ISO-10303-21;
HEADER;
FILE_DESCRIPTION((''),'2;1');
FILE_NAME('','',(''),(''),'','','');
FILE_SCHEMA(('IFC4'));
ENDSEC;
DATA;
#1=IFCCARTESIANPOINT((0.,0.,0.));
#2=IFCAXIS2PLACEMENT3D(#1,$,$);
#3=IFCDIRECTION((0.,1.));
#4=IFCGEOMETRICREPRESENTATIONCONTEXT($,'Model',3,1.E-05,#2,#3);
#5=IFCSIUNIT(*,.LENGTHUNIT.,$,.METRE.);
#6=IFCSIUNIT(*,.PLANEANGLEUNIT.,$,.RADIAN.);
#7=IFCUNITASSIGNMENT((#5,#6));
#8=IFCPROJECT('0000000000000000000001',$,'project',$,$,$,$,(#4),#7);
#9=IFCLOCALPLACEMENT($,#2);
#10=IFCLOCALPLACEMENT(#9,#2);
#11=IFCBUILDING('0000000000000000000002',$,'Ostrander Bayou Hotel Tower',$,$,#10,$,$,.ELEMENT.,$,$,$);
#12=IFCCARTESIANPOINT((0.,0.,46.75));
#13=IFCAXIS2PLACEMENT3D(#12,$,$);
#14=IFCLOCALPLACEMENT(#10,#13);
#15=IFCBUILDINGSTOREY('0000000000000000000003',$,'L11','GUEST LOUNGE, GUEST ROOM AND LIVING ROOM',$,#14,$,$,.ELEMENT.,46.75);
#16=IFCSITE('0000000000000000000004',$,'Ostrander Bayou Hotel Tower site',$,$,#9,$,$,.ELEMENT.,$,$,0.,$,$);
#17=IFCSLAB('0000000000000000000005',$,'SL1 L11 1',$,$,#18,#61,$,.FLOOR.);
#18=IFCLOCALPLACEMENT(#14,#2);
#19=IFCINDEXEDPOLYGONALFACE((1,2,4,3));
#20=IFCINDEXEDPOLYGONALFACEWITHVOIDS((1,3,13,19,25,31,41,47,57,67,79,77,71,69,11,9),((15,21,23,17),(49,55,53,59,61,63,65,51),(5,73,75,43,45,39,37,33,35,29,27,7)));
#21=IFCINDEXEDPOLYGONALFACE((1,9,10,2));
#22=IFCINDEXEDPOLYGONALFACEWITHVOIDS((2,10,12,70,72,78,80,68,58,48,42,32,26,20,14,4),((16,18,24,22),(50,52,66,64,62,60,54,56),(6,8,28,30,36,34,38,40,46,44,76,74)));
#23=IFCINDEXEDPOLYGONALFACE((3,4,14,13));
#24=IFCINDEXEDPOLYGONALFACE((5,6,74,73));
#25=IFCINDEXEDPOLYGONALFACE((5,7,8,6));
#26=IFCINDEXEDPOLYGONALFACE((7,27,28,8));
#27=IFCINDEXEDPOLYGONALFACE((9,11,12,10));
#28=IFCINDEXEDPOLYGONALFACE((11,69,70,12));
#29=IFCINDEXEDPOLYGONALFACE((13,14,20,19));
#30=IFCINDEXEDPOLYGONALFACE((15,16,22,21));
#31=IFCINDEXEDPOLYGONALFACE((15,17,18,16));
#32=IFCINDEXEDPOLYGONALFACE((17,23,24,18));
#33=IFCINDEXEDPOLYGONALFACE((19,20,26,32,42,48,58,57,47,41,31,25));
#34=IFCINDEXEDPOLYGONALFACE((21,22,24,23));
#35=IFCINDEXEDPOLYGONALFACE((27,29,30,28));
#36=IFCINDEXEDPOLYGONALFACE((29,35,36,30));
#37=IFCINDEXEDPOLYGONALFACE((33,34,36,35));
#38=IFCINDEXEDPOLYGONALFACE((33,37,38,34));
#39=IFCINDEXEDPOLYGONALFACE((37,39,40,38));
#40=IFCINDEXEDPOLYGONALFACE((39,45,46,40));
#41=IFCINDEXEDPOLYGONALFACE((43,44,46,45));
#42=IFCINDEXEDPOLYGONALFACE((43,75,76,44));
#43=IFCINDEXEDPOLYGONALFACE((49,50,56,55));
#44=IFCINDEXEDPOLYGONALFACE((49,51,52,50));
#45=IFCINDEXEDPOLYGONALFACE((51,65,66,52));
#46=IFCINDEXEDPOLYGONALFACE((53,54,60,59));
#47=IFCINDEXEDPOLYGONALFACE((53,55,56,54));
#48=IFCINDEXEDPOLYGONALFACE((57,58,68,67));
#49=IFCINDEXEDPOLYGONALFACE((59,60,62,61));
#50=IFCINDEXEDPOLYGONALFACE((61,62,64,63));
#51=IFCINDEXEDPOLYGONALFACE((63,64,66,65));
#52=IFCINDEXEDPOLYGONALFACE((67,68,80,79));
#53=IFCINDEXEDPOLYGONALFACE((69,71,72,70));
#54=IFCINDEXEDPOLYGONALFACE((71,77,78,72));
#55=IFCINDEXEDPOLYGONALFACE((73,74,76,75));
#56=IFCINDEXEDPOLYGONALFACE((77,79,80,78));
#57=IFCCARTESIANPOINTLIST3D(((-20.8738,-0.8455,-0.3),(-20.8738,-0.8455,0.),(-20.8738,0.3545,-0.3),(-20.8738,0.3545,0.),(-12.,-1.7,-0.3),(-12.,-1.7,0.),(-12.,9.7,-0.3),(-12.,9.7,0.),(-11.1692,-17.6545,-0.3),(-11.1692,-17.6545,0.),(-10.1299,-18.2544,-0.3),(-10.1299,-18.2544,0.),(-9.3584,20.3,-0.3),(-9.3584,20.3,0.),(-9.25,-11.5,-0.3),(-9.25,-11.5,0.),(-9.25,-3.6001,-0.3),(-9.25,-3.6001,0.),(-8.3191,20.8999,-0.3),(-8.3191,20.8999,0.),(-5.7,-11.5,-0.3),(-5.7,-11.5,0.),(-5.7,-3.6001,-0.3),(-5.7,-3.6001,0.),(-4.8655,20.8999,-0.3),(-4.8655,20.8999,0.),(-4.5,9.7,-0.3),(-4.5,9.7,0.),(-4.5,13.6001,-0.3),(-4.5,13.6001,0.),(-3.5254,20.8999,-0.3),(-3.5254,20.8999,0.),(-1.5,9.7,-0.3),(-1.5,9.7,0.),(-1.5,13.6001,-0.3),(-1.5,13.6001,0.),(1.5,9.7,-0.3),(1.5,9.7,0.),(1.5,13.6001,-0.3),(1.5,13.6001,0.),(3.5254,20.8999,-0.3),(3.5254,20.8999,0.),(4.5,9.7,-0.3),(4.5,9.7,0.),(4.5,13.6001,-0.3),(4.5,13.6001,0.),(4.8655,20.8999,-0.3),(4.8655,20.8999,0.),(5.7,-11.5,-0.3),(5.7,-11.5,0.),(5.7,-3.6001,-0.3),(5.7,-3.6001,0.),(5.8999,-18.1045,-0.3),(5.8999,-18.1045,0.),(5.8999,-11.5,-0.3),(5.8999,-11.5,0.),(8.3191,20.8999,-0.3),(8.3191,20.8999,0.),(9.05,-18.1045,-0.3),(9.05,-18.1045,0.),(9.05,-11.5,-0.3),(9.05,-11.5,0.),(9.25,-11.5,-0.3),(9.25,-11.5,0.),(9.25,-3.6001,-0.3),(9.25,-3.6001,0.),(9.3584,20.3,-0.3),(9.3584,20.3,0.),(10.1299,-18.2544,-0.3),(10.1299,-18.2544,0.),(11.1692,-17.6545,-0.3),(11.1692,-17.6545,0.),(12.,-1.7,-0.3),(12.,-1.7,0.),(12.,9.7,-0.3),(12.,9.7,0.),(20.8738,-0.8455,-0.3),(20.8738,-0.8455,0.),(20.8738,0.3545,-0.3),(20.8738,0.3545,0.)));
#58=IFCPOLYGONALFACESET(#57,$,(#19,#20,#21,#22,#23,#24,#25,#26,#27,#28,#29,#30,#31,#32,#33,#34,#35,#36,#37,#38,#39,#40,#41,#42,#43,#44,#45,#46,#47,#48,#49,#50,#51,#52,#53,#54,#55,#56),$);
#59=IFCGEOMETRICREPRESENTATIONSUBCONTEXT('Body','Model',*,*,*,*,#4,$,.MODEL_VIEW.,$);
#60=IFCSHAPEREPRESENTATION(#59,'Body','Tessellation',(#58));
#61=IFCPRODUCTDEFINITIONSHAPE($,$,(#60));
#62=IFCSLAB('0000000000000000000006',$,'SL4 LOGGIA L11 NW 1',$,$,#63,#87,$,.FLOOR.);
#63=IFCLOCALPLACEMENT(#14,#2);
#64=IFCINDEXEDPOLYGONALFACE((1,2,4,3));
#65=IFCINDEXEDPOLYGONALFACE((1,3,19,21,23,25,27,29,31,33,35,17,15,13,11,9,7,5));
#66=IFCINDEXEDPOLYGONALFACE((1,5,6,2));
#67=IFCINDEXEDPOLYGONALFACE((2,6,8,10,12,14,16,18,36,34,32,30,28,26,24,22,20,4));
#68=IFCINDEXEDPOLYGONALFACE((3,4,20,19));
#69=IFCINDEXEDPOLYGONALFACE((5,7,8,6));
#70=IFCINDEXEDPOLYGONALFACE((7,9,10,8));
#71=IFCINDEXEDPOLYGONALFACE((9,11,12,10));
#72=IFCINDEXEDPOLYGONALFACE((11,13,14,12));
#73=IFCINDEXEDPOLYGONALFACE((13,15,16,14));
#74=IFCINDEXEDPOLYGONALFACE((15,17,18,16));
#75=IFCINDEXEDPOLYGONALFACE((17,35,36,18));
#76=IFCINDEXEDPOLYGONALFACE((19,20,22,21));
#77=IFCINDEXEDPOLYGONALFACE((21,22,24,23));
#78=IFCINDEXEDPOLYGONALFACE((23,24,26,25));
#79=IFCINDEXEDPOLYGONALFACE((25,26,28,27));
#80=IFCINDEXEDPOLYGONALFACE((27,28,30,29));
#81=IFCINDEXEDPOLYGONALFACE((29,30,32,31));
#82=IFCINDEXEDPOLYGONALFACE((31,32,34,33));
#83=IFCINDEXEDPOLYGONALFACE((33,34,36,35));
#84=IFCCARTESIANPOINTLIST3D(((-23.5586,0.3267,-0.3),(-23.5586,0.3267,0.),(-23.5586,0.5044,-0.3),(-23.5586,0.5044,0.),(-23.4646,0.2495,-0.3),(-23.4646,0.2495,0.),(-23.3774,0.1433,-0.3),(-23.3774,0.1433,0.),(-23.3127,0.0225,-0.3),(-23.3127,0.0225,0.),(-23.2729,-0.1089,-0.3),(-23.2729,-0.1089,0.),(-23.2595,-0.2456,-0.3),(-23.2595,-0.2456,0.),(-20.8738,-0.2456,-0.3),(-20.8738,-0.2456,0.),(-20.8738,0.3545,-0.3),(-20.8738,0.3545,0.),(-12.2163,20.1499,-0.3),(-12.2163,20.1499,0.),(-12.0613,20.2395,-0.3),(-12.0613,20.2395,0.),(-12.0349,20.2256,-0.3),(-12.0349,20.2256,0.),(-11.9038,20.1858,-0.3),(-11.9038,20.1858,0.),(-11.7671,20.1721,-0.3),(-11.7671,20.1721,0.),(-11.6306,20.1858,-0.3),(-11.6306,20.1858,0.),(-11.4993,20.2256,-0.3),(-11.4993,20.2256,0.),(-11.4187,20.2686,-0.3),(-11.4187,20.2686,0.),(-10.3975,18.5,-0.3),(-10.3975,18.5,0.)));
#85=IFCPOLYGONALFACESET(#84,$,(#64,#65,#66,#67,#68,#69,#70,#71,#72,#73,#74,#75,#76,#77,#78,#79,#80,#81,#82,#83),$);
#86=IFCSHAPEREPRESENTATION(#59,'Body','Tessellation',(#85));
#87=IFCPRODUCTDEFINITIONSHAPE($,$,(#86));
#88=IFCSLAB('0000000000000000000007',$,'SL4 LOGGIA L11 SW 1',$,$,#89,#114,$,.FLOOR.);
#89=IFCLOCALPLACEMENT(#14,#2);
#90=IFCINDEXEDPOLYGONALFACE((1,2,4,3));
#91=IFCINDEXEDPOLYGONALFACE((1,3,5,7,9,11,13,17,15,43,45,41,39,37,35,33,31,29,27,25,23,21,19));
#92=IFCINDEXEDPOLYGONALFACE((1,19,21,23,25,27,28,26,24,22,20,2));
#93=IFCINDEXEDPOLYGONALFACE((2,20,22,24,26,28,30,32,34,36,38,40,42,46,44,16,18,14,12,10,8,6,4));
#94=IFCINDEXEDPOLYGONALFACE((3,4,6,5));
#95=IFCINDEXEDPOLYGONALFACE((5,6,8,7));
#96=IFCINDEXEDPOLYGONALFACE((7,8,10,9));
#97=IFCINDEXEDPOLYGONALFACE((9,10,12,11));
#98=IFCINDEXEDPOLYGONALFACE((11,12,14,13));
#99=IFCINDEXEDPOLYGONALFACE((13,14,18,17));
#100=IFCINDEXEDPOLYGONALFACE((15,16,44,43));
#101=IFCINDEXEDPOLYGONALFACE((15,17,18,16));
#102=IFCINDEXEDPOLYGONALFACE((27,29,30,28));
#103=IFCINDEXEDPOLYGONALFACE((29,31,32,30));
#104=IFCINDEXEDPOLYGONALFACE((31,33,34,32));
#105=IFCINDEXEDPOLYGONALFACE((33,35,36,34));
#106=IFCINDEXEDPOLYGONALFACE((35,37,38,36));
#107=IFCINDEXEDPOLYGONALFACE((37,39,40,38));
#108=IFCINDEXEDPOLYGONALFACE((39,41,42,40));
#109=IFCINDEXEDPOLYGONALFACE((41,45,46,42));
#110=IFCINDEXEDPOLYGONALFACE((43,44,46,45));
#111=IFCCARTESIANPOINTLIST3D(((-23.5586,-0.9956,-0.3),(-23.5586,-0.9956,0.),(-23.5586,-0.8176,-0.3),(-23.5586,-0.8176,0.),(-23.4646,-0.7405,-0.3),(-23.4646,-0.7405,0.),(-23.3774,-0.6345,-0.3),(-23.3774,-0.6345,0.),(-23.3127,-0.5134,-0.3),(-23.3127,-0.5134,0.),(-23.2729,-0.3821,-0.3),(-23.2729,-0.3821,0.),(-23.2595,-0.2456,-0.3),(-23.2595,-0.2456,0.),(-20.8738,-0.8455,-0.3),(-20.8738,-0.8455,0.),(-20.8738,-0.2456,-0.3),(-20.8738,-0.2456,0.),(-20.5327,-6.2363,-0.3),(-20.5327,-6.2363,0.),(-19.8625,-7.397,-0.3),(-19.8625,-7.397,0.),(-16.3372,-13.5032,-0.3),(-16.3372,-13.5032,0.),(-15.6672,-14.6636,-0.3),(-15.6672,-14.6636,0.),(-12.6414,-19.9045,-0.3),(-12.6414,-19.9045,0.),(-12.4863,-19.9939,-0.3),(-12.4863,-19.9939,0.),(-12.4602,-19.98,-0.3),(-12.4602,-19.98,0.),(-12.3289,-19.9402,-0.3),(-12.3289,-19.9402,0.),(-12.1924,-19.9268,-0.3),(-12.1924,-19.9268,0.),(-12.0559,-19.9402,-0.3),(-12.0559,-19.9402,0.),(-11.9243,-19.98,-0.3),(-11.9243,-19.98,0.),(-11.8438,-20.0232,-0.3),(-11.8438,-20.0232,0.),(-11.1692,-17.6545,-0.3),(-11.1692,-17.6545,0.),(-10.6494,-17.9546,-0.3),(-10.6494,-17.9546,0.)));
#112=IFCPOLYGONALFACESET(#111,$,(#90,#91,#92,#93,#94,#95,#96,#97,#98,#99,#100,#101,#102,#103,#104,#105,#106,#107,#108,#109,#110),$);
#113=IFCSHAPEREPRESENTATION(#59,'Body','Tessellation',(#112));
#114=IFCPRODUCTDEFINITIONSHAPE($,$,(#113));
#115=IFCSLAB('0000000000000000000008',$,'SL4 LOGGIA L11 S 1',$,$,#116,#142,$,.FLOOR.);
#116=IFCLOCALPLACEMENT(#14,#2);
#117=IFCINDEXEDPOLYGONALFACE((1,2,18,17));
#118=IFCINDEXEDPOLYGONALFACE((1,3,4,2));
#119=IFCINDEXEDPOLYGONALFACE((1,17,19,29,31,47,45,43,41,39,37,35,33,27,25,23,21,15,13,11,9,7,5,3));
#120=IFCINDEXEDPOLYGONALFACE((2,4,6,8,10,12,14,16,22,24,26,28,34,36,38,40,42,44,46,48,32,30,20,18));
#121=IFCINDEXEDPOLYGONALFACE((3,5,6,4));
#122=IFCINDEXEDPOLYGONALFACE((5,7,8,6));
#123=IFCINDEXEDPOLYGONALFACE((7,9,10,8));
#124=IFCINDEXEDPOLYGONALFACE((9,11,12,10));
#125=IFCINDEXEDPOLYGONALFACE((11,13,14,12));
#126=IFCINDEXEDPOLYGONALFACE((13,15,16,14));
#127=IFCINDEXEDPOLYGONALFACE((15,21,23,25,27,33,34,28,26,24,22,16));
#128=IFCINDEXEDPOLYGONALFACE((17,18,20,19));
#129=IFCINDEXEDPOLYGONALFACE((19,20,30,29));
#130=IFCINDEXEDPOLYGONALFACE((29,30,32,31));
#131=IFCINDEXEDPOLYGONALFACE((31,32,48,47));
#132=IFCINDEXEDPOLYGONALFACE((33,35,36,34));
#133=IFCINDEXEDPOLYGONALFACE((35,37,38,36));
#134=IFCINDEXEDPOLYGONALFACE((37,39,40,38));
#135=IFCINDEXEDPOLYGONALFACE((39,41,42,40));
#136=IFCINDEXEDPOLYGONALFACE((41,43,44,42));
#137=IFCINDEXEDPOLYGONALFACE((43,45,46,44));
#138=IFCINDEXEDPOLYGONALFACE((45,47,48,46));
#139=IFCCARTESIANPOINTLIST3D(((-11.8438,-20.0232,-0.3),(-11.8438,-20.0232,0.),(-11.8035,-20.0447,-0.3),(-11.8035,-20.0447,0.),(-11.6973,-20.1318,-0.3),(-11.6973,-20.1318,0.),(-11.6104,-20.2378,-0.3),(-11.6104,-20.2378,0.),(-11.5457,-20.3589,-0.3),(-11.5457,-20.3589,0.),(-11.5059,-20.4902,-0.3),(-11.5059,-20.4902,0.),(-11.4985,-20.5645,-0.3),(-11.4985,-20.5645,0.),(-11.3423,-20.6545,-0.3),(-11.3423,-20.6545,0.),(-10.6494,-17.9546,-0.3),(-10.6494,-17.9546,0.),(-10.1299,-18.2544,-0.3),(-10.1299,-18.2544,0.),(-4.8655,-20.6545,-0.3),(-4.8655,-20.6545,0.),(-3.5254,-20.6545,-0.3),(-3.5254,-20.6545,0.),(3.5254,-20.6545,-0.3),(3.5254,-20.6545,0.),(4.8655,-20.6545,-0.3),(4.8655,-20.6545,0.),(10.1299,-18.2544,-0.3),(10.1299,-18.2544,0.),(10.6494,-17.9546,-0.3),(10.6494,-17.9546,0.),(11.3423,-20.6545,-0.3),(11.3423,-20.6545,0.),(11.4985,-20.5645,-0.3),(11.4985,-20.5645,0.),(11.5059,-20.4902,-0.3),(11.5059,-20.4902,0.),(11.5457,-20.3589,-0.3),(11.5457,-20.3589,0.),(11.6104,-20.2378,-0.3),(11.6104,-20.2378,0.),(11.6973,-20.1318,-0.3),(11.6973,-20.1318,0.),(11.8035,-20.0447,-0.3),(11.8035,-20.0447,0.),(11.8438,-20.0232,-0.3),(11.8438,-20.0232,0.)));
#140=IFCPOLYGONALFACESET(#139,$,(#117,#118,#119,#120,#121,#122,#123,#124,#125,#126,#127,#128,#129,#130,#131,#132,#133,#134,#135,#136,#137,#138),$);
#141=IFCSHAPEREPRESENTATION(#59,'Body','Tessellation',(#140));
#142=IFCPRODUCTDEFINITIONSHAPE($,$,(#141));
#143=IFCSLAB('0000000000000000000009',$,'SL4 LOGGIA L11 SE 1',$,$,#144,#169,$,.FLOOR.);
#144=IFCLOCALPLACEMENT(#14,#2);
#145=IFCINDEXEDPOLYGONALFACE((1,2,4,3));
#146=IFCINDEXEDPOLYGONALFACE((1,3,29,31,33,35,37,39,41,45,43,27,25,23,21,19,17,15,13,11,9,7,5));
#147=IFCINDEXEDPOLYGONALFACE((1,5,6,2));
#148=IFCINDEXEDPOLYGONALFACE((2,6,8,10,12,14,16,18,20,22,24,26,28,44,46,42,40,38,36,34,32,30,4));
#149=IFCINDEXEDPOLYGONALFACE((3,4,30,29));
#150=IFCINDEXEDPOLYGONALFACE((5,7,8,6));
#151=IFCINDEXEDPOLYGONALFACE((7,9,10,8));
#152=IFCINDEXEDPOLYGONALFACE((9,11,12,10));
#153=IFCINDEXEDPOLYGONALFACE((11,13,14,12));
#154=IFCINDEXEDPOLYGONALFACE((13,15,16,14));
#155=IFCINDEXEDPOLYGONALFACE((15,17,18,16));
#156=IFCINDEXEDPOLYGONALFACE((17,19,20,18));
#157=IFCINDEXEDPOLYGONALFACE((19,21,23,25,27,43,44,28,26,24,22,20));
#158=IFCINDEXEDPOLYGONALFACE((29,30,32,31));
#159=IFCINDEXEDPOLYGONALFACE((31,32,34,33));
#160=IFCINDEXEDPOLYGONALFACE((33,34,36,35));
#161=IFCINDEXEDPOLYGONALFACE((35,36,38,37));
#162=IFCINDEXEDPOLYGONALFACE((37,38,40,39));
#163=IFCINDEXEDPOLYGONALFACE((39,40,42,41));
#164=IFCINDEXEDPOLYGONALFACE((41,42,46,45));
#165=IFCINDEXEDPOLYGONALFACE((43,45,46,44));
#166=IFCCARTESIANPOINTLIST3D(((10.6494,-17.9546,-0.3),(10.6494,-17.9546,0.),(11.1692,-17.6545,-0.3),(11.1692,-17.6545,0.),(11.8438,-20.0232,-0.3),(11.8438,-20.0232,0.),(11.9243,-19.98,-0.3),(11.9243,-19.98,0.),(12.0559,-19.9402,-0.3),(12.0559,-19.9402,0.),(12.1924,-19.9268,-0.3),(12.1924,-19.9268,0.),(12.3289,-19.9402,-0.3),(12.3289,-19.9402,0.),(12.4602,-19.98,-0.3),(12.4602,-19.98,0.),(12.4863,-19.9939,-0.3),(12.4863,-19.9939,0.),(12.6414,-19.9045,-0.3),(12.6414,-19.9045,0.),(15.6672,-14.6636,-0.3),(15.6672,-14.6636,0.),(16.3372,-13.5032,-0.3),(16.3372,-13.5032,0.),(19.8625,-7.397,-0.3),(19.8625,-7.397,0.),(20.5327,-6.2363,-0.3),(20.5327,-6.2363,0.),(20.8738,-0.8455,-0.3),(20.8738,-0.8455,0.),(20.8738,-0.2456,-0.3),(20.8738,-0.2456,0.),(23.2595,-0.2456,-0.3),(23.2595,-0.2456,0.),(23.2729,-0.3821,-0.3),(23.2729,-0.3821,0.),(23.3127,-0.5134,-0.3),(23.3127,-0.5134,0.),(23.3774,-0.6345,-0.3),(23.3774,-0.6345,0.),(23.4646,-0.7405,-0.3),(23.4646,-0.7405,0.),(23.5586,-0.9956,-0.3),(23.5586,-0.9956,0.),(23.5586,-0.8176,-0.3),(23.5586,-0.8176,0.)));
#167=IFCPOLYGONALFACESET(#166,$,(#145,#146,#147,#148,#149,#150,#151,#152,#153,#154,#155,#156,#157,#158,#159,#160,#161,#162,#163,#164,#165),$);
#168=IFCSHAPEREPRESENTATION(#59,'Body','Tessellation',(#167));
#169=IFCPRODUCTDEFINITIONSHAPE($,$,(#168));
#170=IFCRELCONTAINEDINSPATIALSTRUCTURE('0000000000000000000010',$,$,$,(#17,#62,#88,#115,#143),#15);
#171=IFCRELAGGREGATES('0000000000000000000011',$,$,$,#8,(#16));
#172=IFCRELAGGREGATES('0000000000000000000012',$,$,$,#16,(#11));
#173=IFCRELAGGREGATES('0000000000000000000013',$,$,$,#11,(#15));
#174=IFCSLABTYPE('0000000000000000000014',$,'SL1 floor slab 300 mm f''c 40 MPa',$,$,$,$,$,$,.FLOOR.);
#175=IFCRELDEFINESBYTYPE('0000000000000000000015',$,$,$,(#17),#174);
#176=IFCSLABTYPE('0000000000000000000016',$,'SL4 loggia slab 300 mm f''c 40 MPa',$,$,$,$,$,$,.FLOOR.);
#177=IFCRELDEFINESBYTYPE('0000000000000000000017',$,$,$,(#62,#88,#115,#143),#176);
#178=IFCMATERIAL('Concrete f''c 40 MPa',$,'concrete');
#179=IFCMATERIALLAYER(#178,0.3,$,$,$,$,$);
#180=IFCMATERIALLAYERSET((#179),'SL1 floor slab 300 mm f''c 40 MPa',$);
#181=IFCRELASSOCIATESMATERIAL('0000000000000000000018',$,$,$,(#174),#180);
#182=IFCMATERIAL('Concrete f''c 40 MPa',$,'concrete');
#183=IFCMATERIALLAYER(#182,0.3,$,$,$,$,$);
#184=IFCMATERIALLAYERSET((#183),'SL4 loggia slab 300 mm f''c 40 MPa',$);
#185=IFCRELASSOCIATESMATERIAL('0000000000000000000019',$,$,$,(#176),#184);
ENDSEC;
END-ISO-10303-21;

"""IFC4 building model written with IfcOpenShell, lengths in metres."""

from ifc_helpers import new_model, si_unit, direction, frame, origin, place, context, subcontext, project, spatial, polyline, outline, extrude, material, layer, layer_set, type_object, element, save


model = new_model("IFC4")

# Units and contexts
model_context = context("Model", 3, precision=1e-05, world=origin(), true_north=direction((0.0, 1.0)))
body_context = subcontext(model_context, "Body", "Model", "MODEL_VIEW")
ifc_project = project(units=[si_unit("LENGTHUNIT", "METRE"), si_unit("PLANEANGLEUNIT", "RADIAN")], contexts=[model_context])

# Site, building, storey
site_placement = place(None, origin())
site = spatial("IfcSite", under=ifc_project, at=site_placement, Name="Ostrander Bayou Hotel Tower site", CompositionType="ELEMENT", RefElevation=0.0)
building_placement = place(site_placement, origin())
building = spatial("IfcBuilding", under=site, at=building_placement, Name="Ostrander Bayou Hotel Tower", CompositionType="ELEMENT")
storey_placement = place(building_placement, frame((0.0, 0.0, 46.75)))
storey = spatial("IfcBuildingStorey", under=building, at=storey_placement, Name="L11", Description="GUEST LOUNGE, GUEST ROOM AND LIVING ROOM", CompositionType="ELEMENT", Elevation=46.75)

# Slabs
ifc_material_1 = material(Name="Concrete f'c 40 MPa", Category="concrete")
ifc_layer_1 = layer(ifc_material_1, 0.3)
ifc_layer_set_1 = layer_set([ifc_layer_1], Name="SL1 floor slab 300 mm f'c 40 MPa")
slab_type_1 = type_object("IfcSlabType", Name="SL1 floor slab 300 mm f'c 40 MPa", PredefinedType="FLOOR", material=ifc_layer_set_1)
slab_1_placement = place(storey_placement, frame((0.0, 0.0, -0.3)))
element("IfcSlab", 1, at=slab_1_placement, inside=storey, type_object=slab_type_1, Name="SL1 L11 1", PredefinedType="FLOOR", context=body_context, shape_type="SweptSolid", body=[
    extrude(outline(polyline([(-3.5254, 20.8999), (3.5254, 20.8999), (4.8655, 20.8999), (8.3191, 20.8999), (9.3584, 20.3), (20.8738, 0.3545), (20.8738, -0.8455), (11.1692, -17.6545), (10.1299, -18.2544), (-10.1299, -18.2544), (-11.1692, -17.6545), (-20.8738, -0.8455), (-20.8738, 0.3545), (-9.3584, 20.3), (-8.3191, 20.8999), (-4.8655, 20.8999), (-3.5254, 20.8999)]), holes=[polyline([(-12.0, -1.7), (12.0, -1.7), (12.0, 9.7), (4.5, 9.7), (4.5, 13.6001), (1.5, 13.6001), (1.5, 9.7), (-1.5, 9.7), (-1.5, 13.6001), (-4.5, 13.6001), (-4.5, 9.7), (-12.0, 9.7), (-12.0, -1.7)]), polyline([(9.05, -11.5), (9.25, -11.5), (9.25, -3.6001), (5.7, -3.6001), (5.7, -11.5), (5.8999, -11.5), (5.8999, -18.1045), (9.05, -18.1045), (9.05, -11.5)]), polyline([(-5.7, -3.6001), (-9.25, -3.6001), (-9.25, -11.5), (-5.7, -11.5), (-5.7, -3.6001)])]), origin(), (0.0, 0.0, 1.0), 0.3),
])
ifc_material_2 = material(Name="Concrete f'c 40 MPa", Category="concrete")
ifc_layer_2 = layer(ifc_material_2, 0.3)
ifc_layer_set_2 = layer_set([ifc_layer_2], Name="SL4 loggia slab 300 mm f'c 40 MPa")
slab_type_2 = type_object("IfcSlabType", Name="SL4 loggia slab 300 mm f'c 40 MPa", PredefinedType="FLOOR", material=ifc_layer_set_2)
slab_2_placement = place(storey_placement, frame((0.0, 0.0, -0.3)))
element("IfcSlab", 2, at=slab_2_placement, inside=storey, type_object=slab_type_2, Name="SL4 LOGGIA L11 NW 1", PredefinedType="FLOOR", context=body_context, shape_type="SweptSolid", body=[
    extrude(outline(polyline([(-23.2595, -0.2456), (-23.2729, -0.1089), (-23.3127, 0.0225), (-23.3774, 0.1433), (-23.4646, 0.2495), (-23.5586, 0.3267), (-23.5586, 0.5044), (-12.2163, 20.1499), (-12.0613, 20.2395), (-12.0349, 20.2256), (-11.9038, 20.1858), (-11.7671, 20.1721), (-11.6306, 20.1858), (-11.4993, 20.2256), (-11.4187, 20.2686), (-10.3975, 18.5), (-20.8738, 0.3545), (-20.8738, -0.2456), (-23.2595, -0.2456)])), origin(), (0.0, 0.0, 1.0), 0.3),
])
slab_3_placement = place(storey_placement, frame((0.0, 0.0, -0.3)))
element("IfcSlab", 3, at=slab_3_placement, inside=storey, type_object=slab_type_2, Name="SL4 LOGGIA L11 SW 1", PredefinedType="FLOOR", context=body_context, shape_type="SweptSolid", body=[
    extrude(outline(polyline([(-10.6494, -17.9546), (-11.8438, -20.0232), (-11.9243, -19.98), (-12.0559, -19.9402), (-12.1924, -19.9268), (-12.3289, -19.9402), (-12.4602, -19.98), (-12.4863, -19.9939), (-12.6414, -19.9045), (-15.6672, -14.6636), (-16.3372, -13.5032), (-19.8625, -7.397), (-20.5327, -6.2363), (-23.5586, -0.9956), (-23.5586, -0.8176), (-23.4646, -0.7405), (-23.3774, -0.6345), (-23.3127, -0.5134), (-23.2729, -0.3821), (-23.2595, -0.2456), (-20.8738, -0.2456), (-20.8738, -0.8455), (-11.1692, -17.6545), (-10.6494, -17.9546)])), origin(), (0.0, 0.0, 1.0), 0.3),
])
slab_4_placement = place(storey_placement, frame((0.0, 0.0, -0.3)))
element("IfcSlab", 4, at=slab_4_placement, inside=storey, type_object=slab_type_2, Name="SL4 LOGGIA L11 S 1", PredefinedType="FLOOR", context=body_context, shape_type="SweptSolid", body=[
    extrude(outline(polyline([(10.6494, -17.9546), (11.8438, -20.0232), (11.8035, -20.0447), (11.6973, -20.1318), (11.6104, -20.2378), (11.5457, -20.3589), (11.5059, -20.4902), (11.4985, -20.5645), (11.3423, -20.6545), (4.8655, -20.6545), (3.5254, -20.6545), (-3.5254, -20.6545), (-4.8655, -20.6545), (-11.3423, -20.6545), (-11.4985, -20.5645), (-11.5059, -20.4902), (-11.5457, -20.3589), (-11.6104, -20.2378), (-11.6973, -20.1318), (-11.8035, -20.0447), (-11.8438, -20.0232), (-10.6494, -17.9546), (-10.1299, -18.2544), (10.1299, -18.2544), (10.6494, -17.9546)])), origin(), (0.0, 0.0, 1.0), 0.3),
])
slab_5_placement = place(storey_placement, frame((0.0, 0.0, -0.3)))
element("IfcSlab", 5, at=slab_5_placement, inside=storey, type_object=slab_type_2, Name="SL4 LOGGIA L11 SE 1", PredefinedType="FLOOR", context=body_context, shape_type="SweptSolid", body=[
    extrude(outline(polyline([(20.8738, -0.2456), (23.2595, -0.2456), (23.2729, -0.3821), (23.3127, -0.5134), (23.3774, -0.6345), (23.4646, -0.7405), (23.5586, -0.8176), (23.5586, -0.9956), (20.5327, -6.2363), (19.8625, -7.397), (16.3372, -13.5032), (15.6672, -14.6636), (12.6414, -19.9045), (12.4863, -19.9939), (12.4602, -19.98), (12.3289, -19.9402), (12.1924, -19.9268), (12.0559, -19.9402), (11.9243, -19.98), (11.8438, -20.0232), (10.6494, -17.9546), (11.1692, -17.6545), (20.8738, -0.8455), (20.8738, -0.2456)])), origin(), (0.0, 0.0, 1.0), 0.3),
])

save(model, "model.ifc")
